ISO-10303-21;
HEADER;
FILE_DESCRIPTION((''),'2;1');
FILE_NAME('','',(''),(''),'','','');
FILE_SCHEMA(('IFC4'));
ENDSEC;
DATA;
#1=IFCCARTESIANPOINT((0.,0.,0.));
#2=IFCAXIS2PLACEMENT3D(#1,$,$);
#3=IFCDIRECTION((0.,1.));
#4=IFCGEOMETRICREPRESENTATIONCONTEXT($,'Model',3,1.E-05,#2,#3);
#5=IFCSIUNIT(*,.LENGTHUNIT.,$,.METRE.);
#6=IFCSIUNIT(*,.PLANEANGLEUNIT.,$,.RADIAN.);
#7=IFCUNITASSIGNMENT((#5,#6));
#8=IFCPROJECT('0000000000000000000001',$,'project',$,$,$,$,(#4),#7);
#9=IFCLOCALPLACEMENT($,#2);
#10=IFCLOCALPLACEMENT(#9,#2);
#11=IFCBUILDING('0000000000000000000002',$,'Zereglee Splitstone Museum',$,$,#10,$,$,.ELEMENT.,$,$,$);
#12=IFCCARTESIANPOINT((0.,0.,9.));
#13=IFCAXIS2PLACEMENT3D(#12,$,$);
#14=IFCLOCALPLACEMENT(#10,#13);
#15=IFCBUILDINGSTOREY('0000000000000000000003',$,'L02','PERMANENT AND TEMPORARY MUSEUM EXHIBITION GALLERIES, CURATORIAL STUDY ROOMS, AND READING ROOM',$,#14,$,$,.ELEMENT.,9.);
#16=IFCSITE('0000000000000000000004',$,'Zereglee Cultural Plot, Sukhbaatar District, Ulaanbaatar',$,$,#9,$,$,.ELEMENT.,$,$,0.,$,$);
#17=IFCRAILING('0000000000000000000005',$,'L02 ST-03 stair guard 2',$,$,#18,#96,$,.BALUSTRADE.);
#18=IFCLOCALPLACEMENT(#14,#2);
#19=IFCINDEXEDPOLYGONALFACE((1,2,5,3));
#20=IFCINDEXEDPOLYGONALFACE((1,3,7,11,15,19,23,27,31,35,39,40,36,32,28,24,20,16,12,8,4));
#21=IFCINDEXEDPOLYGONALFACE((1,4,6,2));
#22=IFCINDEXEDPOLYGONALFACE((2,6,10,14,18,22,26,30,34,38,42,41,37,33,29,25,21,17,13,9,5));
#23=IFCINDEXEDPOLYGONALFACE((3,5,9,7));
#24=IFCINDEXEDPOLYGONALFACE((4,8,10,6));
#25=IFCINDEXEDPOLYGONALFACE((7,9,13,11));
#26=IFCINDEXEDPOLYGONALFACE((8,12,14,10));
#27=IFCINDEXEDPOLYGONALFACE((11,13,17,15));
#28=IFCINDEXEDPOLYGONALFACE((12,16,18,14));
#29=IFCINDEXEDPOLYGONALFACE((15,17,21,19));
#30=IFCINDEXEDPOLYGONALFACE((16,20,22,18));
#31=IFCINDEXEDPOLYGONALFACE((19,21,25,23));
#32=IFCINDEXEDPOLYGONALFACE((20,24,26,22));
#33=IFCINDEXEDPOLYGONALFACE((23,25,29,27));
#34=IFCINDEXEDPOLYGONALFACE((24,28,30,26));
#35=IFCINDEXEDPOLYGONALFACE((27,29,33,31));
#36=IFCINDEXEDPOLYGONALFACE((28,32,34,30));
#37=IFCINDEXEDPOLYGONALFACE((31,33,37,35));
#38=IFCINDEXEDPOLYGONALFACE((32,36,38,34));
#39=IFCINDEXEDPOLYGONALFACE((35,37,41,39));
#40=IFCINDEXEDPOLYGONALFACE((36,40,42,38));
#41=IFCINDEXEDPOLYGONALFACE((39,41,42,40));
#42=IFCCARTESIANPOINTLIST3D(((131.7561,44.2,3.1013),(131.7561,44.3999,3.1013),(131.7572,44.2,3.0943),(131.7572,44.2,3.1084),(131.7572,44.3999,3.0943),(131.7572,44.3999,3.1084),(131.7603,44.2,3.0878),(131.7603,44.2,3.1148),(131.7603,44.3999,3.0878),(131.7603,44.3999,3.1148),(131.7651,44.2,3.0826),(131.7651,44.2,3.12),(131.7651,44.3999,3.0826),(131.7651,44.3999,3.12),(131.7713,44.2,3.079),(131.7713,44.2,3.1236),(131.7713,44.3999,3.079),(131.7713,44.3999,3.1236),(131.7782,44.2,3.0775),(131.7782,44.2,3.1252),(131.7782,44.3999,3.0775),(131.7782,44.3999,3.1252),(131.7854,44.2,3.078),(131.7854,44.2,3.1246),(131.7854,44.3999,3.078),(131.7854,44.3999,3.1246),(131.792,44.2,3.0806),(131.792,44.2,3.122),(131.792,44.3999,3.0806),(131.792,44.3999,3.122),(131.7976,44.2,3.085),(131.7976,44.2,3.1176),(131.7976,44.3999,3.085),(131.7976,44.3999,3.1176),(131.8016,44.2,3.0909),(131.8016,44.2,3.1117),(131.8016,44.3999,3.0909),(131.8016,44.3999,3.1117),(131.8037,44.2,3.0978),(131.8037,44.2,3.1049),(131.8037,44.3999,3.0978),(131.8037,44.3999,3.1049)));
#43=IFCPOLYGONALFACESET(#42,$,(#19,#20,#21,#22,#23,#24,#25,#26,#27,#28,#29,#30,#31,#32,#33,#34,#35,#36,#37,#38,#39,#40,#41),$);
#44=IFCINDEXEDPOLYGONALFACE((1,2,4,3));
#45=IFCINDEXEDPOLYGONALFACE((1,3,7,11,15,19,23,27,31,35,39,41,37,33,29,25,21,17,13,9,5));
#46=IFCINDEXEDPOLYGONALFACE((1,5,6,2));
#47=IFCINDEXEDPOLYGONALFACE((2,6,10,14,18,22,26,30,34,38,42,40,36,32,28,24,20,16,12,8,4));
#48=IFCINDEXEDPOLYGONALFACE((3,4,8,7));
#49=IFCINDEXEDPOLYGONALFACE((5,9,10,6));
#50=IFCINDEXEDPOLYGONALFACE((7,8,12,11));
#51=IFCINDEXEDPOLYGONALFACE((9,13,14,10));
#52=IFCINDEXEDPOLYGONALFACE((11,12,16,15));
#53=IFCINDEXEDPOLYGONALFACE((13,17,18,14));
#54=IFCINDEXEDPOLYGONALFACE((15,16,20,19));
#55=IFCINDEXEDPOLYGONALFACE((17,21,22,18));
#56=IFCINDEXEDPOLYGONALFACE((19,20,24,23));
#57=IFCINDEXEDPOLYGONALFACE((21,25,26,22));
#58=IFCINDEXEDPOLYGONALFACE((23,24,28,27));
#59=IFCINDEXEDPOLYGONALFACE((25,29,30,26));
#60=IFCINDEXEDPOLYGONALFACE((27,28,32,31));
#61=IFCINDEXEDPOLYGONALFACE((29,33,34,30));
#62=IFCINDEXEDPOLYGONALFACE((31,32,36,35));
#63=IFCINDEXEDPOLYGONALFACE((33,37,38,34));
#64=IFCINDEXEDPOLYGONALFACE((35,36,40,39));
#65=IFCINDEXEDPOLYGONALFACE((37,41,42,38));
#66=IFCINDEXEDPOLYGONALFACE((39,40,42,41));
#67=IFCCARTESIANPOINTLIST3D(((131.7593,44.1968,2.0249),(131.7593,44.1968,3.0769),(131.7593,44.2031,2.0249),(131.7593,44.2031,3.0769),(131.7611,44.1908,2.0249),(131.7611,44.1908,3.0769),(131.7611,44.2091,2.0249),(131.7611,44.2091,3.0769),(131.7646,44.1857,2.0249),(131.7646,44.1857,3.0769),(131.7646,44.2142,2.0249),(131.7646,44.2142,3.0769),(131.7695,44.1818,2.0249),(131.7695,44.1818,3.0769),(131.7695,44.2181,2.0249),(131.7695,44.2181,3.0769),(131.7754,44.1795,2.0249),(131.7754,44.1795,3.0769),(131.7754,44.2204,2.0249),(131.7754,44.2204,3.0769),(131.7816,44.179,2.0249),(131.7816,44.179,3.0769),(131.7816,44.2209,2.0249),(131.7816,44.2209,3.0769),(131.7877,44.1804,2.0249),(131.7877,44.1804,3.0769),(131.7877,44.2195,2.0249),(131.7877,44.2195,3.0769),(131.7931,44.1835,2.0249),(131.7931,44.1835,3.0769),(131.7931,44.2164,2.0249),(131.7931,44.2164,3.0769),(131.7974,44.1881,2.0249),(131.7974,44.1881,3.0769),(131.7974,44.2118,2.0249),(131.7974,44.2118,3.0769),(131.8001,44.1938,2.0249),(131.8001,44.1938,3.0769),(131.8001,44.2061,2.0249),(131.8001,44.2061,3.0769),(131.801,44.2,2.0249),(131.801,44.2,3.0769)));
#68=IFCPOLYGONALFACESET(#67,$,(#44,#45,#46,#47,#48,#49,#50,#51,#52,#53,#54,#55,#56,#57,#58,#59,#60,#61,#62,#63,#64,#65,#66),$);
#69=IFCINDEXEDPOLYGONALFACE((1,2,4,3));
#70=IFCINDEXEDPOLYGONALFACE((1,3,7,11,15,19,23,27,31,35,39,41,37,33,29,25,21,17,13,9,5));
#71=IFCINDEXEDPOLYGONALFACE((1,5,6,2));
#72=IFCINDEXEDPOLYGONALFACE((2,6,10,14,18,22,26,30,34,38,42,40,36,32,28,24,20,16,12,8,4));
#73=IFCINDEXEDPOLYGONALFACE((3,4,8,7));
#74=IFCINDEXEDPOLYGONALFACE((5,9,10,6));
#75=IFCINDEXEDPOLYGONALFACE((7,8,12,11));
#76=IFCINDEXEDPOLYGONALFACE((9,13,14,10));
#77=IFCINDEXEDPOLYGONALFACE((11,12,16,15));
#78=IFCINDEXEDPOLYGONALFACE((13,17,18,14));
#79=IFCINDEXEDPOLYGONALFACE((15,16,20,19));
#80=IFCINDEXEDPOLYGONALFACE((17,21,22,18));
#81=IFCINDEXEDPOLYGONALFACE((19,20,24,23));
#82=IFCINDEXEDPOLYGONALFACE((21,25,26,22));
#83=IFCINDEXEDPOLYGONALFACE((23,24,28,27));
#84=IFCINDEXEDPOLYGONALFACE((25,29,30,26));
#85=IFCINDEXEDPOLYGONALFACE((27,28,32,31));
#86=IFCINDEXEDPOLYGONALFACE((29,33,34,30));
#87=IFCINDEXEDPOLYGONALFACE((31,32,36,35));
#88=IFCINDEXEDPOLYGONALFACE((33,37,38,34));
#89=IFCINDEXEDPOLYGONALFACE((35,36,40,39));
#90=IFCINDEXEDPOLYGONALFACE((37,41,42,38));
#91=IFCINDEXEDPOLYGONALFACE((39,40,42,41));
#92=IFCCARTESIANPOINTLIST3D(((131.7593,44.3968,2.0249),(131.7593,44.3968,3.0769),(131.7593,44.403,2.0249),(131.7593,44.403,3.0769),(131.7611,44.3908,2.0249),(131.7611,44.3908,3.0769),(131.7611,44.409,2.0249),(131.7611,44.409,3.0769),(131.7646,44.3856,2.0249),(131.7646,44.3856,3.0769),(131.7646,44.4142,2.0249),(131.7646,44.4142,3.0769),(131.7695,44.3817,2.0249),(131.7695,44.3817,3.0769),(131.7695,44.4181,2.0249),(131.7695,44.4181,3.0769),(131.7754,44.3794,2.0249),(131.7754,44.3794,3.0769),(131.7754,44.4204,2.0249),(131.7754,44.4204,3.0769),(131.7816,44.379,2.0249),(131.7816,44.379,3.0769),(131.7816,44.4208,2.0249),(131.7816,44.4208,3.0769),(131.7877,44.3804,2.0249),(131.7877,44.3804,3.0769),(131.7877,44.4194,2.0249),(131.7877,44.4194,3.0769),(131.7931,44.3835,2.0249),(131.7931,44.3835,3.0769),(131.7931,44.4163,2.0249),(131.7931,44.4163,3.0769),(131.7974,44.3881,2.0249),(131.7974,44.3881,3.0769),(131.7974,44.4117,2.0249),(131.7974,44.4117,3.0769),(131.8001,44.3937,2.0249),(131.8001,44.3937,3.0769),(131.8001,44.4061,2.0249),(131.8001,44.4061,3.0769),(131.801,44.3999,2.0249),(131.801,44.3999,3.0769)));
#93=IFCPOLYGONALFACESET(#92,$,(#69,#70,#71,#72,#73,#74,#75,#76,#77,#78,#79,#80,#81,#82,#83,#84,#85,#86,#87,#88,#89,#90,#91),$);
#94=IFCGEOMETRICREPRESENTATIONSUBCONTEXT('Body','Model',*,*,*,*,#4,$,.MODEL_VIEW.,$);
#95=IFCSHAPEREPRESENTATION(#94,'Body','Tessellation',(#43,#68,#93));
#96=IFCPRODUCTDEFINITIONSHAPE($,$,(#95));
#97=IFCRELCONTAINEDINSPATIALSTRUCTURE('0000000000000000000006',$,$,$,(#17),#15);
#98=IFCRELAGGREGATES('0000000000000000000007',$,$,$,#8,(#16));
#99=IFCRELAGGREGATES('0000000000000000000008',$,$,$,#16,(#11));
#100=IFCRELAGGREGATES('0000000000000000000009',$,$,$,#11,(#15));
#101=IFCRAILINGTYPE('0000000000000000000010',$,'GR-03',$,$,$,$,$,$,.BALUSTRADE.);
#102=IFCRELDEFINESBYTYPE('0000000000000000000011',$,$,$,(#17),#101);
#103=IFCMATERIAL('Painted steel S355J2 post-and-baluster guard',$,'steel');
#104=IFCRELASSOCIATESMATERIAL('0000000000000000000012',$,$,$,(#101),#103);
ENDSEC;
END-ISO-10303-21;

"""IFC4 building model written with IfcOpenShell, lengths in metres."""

from ifc_helpers import new_model, si_unit, direction, frame, origin, origin_2d, place, context, subcontext, project, spatial, circle, extrude, material, type_object, element, save


model = new_model("IFC4")

# Units and contexts
model_context = context("Model", 3, precision=1e-05, world=origin(), true_north=direction((0.0, 1.0)))
body_context = subcontext(model_context, "Body", "Model", "MODEL_VIEW")
ifc_project = project(units=[si_unit("LENGTHUNIT", "METRE"), si_unit("PLANEANGLEUNIT", "RADIAN")], contexts=[model_context])

# Site, building, storey
site_placement = place(None, origin())
site = spatial("IfcSite", under=ifc_project, at=site_placement, Name="Zereglee Cultural Plot, Sukhbaatar District, Ulaanbaatar", CompositionType="ELEMENT", RefElevation=0.0)
building_placement = place(site_placement, origin())
building = spatial("IfcBuilding", under=site, at=building_placement, Name="Zereglee Splitstone Museum", CompositionType="ELEMENT")
storey_placement = place(building_placement, frame((0.0, 0.0, 9.0)))
storey = spatial("IfcBuildingStorey", under=building, at=storey_placement, Name="L02", Description="PERMANENT AND TEMPORARY MUSEUM EXHIBITION GALLERIES, CURATORIAL STUDY ROOMS, AND READING ROOM", CompositionType="ELEMENT", Elevation=9.0)

# Railing
ifc_material_1 = material(Name="Painted steel S355J2 post-and-baluster guard", Category="steel")
railing_type_1 = type_object("IfcRailingType", Name="GR-03", PredefinedType="BALUSTRADE", material=ifc_material_1)
railing_1_placement = place(storey_placement, frame((131.78, 44.2, 2.0249)))
element("IfcRailing", 1, at=railing_1_placement, inside=storey, type_object=railing_type_1, Name="L02 ST-03 stair guard 2", PredefinedType="BALUSTRADE", context=body_context, shape_type="SweptSolid", body=[
    extrude(circle(Radius=0.0239, at=origin_2d()), frame((0.0, 0.0, 1.0764), z_axis=(0.0, 1.0, 0.0), x_axis=(-1.0, 0.0, 0.0)), (0.0, 0.0, 1.0), 0.2),
    extrude(circle(Radius=0.021, at=origin_2d()), origin(), (0.0, 0.0, 1.0), 1.052),
    extrude(circle(Radius=0.021, at=origin_2d()), frame((0.0, 0.2, 0.0)), (0.0, 0.0, 1.0), 1.052),
])

save(model, "model.ifc")
